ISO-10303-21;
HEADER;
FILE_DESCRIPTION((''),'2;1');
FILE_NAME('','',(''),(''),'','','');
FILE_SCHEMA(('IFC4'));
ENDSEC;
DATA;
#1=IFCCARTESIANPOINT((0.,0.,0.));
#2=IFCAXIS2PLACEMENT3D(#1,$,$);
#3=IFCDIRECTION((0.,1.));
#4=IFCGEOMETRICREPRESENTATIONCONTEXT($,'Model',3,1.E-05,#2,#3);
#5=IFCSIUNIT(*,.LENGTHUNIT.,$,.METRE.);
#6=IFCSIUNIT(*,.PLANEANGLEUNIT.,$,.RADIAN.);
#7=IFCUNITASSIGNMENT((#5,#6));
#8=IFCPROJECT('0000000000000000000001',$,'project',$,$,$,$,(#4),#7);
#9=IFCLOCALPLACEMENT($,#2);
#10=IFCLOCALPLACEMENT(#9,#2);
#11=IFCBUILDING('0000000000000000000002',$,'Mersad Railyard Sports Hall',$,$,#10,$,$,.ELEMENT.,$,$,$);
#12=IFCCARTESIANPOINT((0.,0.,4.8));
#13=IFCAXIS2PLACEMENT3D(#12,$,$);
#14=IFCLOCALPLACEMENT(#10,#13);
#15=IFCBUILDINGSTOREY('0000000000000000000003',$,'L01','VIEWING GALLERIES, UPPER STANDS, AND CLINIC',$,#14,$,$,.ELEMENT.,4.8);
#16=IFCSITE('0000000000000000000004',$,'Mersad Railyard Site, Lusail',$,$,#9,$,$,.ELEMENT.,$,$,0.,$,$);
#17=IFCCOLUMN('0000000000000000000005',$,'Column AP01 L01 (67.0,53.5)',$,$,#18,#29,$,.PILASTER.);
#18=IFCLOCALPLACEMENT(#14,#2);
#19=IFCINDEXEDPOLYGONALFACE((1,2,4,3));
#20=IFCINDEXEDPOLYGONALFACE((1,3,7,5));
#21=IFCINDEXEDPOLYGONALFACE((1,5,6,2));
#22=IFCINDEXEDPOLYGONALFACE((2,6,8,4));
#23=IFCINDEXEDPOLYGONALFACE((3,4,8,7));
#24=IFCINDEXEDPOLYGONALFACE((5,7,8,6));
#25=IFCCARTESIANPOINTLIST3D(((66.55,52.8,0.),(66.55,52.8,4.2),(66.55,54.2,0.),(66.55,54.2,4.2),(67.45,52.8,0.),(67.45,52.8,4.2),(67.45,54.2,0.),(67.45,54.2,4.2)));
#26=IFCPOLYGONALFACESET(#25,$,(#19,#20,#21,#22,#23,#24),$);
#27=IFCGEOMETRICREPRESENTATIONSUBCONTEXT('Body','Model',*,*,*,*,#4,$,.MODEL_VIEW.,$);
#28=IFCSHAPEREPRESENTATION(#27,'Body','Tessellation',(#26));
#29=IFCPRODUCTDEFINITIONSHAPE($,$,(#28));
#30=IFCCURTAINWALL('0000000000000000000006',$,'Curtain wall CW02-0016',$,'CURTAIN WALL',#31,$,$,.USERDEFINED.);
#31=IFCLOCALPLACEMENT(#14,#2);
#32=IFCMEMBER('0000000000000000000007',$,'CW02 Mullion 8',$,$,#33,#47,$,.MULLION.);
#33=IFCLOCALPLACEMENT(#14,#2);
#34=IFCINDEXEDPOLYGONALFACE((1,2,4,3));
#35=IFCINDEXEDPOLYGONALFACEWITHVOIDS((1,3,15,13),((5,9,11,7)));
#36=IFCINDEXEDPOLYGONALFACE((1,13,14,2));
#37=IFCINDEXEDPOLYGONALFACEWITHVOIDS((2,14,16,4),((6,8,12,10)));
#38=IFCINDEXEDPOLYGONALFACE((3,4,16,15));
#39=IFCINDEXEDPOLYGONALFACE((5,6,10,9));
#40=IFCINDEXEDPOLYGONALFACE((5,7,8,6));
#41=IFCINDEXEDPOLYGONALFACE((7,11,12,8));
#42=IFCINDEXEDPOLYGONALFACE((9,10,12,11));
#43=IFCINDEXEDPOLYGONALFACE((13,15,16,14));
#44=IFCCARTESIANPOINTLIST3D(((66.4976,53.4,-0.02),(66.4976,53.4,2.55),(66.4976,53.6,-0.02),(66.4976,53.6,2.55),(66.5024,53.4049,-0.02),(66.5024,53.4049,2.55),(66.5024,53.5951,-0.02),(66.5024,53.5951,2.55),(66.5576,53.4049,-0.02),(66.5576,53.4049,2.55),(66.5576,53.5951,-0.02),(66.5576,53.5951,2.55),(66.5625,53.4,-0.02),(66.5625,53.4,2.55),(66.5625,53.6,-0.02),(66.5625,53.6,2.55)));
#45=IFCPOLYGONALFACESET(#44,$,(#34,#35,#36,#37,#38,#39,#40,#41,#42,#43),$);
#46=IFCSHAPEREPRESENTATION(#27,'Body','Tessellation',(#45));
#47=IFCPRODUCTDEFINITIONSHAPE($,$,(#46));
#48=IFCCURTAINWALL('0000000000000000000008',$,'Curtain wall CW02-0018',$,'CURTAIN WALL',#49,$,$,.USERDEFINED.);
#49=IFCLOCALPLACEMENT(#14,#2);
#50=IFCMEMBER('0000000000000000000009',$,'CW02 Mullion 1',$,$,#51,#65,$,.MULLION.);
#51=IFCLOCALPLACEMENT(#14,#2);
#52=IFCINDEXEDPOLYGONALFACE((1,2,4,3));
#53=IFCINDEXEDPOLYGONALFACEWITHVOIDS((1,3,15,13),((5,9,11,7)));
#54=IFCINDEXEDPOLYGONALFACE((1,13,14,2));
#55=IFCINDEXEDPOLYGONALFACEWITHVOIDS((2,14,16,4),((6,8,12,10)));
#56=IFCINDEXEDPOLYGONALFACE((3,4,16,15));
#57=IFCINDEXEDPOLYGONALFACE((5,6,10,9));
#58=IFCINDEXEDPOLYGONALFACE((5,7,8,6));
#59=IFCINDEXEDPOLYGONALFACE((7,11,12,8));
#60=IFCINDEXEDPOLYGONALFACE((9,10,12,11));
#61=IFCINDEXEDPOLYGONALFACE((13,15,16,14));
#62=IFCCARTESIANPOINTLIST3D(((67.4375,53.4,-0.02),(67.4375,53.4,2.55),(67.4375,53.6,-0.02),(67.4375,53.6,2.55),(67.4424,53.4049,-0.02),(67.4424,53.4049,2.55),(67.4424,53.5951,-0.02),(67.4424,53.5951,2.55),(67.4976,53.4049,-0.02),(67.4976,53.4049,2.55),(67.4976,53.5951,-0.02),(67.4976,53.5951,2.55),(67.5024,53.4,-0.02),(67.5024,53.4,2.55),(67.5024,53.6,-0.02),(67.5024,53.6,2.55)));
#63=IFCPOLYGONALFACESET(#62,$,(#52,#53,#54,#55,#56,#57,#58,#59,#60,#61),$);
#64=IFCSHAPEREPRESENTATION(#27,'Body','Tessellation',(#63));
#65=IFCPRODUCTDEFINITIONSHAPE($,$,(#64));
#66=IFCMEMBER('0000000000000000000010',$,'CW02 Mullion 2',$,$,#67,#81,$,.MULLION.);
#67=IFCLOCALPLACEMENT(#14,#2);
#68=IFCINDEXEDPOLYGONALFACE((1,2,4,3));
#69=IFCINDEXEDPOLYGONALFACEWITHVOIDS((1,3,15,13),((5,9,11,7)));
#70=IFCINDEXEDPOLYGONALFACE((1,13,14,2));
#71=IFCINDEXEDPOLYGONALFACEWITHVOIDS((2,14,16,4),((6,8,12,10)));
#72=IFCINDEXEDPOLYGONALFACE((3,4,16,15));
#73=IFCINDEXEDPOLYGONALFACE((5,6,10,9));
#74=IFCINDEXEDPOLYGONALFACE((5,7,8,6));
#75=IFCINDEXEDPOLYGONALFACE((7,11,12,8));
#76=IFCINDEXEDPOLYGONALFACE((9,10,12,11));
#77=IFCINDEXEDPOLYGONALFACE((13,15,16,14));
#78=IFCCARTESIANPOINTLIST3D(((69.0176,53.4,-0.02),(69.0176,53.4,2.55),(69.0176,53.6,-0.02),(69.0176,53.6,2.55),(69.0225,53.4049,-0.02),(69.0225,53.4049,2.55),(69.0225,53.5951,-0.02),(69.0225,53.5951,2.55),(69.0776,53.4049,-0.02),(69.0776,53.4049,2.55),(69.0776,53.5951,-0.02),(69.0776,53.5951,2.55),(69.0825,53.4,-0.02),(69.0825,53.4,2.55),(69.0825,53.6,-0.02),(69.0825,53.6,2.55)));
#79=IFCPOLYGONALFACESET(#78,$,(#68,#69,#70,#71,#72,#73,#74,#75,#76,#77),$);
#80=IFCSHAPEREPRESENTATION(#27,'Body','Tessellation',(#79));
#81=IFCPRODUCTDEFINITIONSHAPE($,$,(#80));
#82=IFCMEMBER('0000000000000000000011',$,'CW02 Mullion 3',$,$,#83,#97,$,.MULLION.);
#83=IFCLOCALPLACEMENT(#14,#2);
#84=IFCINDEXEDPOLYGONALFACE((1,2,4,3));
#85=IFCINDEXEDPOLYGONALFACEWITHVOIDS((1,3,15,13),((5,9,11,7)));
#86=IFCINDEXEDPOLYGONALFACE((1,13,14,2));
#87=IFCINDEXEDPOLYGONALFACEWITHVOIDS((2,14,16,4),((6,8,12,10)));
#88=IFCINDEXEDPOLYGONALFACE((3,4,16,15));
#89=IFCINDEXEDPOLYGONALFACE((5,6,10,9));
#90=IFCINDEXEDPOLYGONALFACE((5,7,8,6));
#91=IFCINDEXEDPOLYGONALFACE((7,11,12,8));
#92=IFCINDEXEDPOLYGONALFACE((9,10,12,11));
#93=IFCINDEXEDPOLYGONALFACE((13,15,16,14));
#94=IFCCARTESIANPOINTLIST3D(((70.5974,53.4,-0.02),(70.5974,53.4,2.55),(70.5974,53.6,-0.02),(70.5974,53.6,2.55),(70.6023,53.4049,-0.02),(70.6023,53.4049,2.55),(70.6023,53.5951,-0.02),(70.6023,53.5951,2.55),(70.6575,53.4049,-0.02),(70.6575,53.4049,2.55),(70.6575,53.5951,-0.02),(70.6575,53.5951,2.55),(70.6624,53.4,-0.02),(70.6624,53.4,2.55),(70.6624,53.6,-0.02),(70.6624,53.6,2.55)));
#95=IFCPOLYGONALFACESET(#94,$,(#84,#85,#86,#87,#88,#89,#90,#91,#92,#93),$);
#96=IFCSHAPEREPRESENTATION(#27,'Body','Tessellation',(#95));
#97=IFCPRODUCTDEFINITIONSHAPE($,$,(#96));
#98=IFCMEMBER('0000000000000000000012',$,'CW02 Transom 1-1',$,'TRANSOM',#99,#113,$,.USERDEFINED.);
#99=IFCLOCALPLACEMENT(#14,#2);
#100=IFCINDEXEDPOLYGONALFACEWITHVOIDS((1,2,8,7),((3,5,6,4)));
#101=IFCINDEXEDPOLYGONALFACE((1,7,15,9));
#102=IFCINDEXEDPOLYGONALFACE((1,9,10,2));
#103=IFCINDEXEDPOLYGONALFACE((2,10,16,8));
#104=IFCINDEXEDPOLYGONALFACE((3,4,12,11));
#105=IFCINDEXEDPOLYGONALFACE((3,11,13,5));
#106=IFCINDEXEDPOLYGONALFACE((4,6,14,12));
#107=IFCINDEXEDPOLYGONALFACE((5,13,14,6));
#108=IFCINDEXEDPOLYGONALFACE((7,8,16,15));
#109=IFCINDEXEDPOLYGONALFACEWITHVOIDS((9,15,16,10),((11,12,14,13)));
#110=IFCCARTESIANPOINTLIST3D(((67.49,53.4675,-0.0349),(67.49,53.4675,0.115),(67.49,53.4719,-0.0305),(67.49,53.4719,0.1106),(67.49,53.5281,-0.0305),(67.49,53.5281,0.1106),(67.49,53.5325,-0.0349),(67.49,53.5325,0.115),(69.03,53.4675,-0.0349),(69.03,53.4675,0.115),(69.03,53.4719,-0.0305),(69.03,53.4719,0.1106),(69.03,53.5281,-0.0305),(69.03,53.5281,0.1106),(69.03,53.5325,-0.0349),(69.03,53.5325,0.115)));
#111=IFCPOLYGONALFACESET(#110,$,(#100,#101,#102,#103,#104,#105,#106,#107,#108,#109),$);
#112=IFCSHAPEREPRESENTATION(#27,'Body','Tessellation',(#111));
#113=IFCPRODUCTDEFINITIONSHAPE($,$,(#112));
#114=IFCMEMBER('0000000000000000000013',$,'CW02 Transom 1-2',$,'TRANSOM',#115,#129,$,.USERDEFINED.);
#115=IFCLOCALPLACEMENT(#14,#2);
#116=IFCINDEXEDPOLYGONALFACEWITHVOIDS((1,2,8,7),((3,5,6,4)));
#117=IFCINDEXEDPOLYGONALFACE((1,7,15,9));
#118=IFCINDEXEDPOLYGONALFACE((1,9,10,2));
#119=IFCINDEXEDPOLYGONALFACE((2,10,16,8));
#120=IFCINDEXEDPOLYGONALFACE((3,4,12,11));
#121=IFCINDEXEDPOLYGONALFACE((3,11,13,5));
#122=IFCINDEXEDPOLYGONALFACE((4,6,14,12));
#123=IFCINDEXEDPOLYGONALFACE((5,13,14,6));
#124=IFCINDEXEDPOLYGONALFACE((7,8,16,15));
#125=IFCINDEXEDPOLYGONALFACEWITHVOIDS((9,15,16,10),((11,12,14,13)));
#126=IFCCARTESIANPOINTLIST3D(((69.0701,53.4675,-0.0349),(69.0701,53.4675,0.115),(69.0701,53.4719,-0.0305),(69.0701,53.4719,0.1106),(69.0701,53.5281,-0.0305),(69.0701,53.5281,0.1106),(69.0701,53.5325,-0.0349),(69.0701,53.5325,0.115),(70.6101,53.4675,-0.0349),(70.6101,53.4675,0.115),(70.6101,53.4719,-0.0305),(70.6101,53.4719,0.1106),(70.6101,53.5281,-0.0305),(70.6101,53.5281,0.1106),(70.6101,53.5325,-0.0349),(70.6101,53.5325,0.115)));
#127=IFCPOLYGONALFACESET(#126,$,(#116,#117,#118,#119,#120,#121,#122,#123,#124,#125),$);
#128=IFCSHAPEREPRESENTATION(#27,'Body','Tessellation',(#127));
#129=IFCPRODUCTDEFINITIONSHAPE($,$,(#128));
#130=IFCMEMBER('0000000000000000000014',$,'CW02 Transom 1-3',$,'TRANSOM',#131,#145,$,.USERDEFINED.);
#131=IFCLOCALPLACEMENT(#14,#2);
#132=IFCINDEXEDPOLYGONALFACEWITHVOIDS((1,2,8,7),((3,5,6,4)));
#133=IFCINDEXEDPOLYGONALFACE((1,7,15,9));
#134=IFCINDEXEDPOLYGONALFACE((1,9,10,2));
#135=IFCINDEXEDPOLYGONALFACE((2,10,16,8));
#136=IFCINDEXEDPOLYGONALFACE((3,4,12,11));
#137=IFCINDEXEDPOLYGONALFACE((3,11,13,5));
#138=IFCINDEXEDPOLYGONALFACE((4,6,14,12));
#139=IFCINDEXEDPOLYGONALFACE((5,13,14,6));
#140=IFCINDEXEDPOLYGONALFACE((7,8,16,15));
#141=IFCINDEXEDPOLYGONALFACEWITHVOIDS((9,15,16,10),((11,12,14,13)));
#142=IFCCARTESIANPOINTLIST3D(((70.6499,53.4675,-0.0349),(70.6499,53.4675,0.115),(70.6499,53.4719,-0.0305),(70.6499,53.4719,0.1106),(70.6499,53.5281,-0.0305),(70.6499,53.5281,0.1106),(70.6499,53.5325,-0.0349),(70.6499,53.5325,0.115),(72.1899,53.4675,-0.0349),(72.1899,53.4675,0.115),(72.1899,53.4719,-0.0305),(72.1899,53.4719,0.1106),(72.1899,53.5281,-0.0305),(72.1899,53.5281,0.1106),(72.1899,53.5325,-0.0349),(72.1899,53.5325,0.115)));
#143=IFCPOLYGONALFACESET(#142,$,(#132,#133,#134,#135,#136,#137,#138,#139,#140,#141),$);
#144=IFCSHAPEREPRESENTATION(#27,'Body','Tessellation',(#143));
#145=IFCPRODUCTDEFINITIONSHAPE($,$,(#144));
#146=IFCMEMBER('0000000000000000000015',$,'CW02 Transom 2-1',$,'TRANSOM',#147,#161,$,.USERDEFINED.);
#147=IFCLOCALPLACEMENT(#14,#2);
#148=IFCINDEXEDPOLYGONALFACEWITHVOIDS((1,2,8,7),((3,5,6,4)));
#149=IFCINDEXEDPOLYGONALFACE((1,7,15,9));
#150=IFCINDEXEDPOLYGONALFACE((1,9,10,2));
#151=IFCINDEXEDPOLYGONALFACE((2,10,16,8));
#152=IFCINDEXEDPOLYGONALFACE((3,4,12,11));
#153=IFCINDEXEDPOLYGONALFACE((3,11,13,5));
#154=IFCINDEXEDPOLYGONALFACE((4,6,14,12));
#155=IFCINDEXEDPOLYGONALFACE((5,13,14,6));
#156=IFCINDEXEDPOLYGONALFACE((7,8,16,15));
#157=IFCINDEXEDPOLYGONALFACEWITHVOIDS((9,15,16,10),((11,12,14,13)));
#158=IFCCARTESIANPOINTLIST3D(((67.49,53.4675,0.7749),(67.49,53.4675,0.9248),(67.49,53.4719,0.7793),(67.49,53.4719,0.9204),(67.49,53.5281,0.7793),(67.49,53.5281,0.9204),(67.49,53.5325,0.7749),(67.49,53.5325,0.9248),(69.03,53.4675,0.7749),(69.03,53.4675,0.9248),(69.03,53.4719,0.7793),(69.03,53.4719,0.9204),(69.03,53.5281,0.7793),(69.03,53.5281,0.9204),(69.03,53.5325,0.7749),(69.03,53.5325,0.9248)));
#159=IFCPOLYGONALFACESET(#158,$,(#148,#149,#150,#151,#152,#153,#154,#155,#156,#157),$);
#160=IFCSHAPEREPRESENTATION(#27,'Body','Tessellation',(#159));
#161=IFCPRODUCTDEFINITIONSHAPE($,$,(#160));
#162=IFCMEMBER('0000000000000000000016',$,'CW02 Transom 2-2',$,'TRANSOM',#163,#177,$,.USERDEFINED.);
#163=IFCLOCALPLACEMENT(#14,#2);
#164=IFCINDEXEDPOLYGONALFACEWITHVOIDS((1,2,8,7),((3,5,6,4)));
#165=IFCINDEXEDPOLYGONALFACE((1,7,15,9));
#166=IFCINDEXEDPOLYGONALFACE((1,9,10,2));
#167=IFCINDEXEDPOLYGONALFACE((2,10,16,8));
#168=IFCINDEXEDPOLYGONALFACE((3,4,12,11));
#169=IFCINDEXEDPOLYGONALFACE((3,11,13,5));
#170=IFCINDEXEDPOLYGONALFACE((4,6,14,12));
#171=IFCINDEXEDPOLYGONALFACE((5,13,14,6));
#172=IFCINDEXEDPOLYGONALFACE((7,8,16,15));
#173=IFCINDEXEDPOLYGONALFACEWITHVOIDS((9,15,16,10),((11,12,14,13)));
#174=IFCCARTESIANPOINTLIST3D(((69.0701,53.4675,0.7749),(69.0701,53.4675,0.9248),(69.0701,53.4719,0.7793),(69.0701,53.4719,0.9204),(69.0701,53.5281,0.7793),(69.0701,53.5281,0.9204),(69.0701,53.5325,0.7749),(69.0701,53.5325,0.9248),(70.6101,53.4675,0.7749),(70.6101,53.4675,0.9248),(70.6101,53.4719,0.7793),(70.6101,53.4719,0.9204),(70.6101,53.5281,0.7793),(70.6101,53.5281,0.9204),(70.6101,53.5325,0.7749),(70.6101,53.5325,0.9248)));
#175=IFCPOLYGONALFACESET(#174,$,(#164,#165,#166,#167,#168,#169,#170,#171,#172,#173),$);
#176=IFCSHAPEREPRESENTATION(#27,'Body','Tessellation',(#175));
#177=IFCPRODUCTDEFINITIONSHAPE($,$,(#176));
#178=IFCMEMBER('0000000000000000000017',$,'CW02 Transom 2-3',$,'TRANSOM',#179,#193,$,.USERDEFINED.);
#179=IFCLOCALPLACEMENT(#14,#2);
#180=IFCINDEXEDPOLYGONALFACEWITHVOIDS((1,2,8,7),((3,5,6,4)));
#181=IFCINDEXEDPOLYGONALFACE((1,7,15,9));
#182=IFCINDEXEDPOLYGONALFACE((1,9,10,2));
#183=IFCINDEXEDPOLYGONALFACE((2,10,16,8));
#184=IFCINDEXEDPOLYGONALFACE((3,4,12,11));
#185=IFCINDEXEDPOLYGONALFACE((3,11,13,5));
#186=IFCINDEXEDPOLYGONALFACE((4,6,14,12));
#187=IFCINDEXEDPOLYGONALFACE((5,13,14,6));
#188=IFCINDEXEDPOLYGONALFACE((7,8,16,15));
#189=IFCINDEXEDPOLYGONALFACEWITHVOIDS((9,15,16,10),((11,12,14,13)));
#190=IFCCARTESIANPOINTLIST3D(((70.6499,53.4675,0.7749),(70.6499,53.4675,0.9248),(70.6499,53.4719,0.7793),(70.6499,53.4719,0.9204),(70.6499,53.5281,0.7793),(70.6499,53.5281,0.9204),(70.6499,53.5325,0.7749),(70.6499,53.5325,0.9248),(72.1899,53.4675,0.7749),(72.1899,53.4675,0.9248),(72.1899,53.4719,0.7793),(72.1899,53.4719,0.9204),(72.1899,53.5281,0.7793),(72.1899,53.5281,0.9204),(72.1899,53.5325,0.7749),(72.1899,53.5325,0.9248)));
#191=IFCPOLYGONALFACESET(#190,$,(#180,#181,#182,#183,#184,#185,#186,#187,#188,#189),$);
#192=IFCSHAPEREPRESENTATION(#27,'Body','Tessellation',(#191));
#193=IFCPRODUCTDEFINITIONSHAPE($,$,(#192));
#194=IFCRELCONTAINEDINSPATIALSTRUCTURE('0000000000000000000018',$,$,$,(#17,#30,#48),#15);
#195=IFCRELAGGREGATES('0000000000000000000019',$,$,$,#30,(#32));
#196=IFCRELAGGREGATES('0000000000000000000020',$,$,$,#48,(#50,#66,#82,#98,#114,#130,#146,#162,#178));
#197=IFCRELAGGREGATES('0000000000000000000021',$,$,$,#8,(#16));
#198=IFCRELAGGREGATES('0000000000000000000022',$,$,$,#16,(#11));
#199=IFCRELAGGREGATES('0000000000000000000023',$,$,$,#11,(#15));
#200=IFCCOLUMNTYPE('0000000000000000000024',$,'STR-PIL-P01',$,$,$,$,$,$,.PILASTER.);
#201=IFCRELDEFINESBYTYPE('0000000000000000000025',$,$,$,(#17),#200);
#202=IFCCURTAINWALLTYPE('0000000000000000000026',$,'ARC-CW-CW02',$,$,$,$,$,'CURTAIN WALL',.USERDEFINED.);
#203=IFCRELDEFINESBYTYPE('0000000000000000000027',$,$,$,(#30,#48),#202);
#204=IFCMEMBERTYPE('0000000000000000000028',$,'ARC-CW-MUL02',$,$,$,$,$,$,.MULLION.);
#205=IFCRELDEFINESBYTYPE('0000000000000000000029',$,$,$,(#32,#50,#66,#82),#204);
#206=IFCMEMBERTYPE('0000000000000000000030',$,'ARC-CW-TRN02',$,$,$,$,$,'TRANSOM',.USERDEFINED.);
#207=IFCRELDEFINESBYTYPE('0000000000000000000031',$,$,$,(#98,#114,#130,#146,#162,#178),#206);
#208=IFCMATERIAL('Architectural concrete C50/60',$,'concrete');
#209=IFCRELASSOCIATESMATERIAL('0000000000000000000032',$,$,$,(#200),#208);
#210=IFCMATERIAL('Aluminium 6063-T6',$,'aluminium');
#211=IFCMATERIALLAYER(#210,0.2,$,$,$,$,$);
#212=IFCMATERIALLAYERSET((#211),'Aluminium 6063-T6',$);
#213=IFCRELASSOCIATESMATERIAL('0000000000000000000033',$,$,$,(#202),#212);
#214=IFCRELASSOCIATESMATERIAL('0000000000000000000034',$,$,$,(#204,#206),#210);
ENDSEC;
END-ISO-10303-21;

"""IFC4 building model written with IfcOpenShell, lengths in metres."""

from ifc_helpers import new_model, si_unit, direction, frame, origin, origin_2d, place, context, subcontext, project, spatial, rectangle, hollow_rectangle, extrude, material, layer, layer_set, material_profile, profile_set, type_object, element, aggregate, save


model = new_model("IFC4")

# Units and contexts
model_context = context("Model", 3, precision=1e-05, world=origin(), true_north=direction((0.0, 1.0)))
body_context = subcontext(model_context, "Body", "Model", "MODEL_VIEW")
ifc_project = project(units=[si_unit("LENGTHUNIT", "METRE"), si_unit("PLANEANGLEUNIT", "RADIAN")], contexts=[model_context])

# Site, building, storey
site_placement = place(None, origin())
site = spatial("IfcSite", under=ifc_project, at=site_placement, Name="Mersad Railyard Site, Lusail", CompositionType="ELEMENT", RefElevation=0.0)
building_placement = place(site_placement, origin())
building = spatial("IfcBuilding", under=site, at=building_placement, Name="Mersad Railyard Sports Hall", CompositionType="ELEMENT")
storey_placement = place(building_placement, frame((0.0, 0.0, 4.8)))
storey = spatial("IfcBuildingStorey", under=building, at=storey_placement, Name="L01", Description="VIEWING GALLERIES, UPPER STANDS, AND CLINIC", CompositionType="ELEMENT", Elevation=4.8)

# Column
ifc_material_1 = material(Name="Architectural concrete C50/60", Category="concrete")
ifc_material_profile_1 = material_profile(ifc_material_1, rectangle(XDim=0.8999, YDim=1.3999, at=origin_2d()), Name="RC 900x1400")
ifc_profile_set_1 = profile_set([ifc_material_profile_1], Name="Architectural concrete C50/60")
column_type = type_object("IfcColumnType", Name="STR-PIL-P01", PredefinedType="PILASTER", material=ifc_profile_set_1)
column_placement = place(storey_placement, frame((67.0, 53.5, 0.0), z_axis=(0.0, 0.0, 1.0), x_axis=(1.0, 0.0, 0.0)))
element("IfcColumn", 1, at=column_placement, inside=storey, type_object=column_type, Name="Column AP01 L01 (67.0,53.5)", PredefinedType="PILASTER", context=body_context, shape_type="SweptSolid", body=[
    extrude(rectangle(XDim=0.8999, YDim=1.3999, at=origin_2d()), origin(), (0.0, 0.0, 1.0), 4.2),
])

# Curtain wall, member
ifc_material_2 = material(Name="Aluminium 6063-T6", Category="aluminium")
ifc_layer_1 = layer(ifc_material_2, 0.2)
ifc_layer_set_1 = layer_set([ifc_layer_1], Name="Aluminium 6063-T6")
curtain_wall_type = type_object("IfcCurtainWallType", Name="ARC-CW-CW02", ElementType="CURTAIN WALL", PredefinedType="USERDEFINED", material=ifc_layer_set_1)
curtain_wall_1_placement = place(storey_placement, origin())
curtain_wall_1 = element("IfcCurtainWall", 2, at=curtain_wall_1_placement, inside=storey, type_object=curtain_wall_type, Name="Curtain wall CW02-0016", ObjectType="CURTAIN WALL", PredefinedType="USERDEFINED")
ifc_material_profile_2 = material_profile(ifc_material_2, hollow_rectangle(XDim=0.0649, YDim=0.2, WallThickness=0.0049, at=origin_2d()), Name="AL MULLION 65x200x5")
ifc_profile_set_2 = profile_set([ifc_material_profile_2], Name="Aluminium 6063-T6")
member_type_1 = type_object("IfcMemberType", Name="ARC-CW-MUL02", PredefinedType="MULLION", material=ifc_profile_set_2)
member_1_placement = place(storey_placement, frame((66.53, 53.5, -0.02), z_axis=(0.0, 0.0, 1.0), x_axis=(1.0, 0.0, 0.0)))
member_1 = element("IfcMember", 3, at=member_1_placement, type_object=member_type_1, Name="CW02 Mullion 8", PredefinedType="MULLION", context=body_context, shape_type="SweptSolid", body=[
    extrude(hollow_rectangle(XDim=0.0649, YDim=0.2, WallThickness=0.0049, at=origin_2d()), origin(), (0.0, 0.0, 1.0), 2.5701),
])

# Curtain wall, members
curtain_wall_2_placement = place(storey_placement, origin())
curtain_wall_2 = element("IfcCurtainWall", 4, at=curtain_wall_2_placement, inside=storey, type_object=curtain_wall_type, Name="Curtain wall CW02-0018", ObjectType="CURTAIN WALL", PredefinedType="USERDEFINED")
member_2_placement = place(storey_placement, frame((67.47, 53.5, -0.02), z_axis=(0.0, 0.0, 1.0), x_axis=(1.0, 0.0, 0.0)))
member_2 = element("IfcMember", 5, at=member_2_placement, type_object=member_type_1, Name="CW02 Mullion 1", PredefinedType="MULLION", context=body_context, shape_type="SweptSolid", body=[
    extrude(hollow_rectangle(XDim=0.0649, YDim=0.2, WallThickness=0.0049, at=origin_2d()), origin(), (0.0, 0.0, 1.0), 2.5701),
])
member_3_placement = place(storey_placement, frame((69.05, 53.5, -0.02), z_axis=(0.0, 0.0, 1.0), x_axis=(1.0, 0.0, 0.0)))
member_3 = element("IfcMember", 6, at=member_3_placement, type_object=member_type_1, Name="CW02 Mullion 2", PredefinedType="MULLION", context=body_context, shape_type="SweptSolid", body=[
    extrude(hollow_rectangle(XDim=0.0649, YDim=0.2, WallThickness=0.0049, at=origin_2d()), origin(), (0.0, 0.0, 1.0), 2.5701),
])
member_4_placement = place(storey_placement, frame((70.6299, 53.5, -0.02), z_axis=(0.0, 0.0, 1.0), x_axis=(1.0, 0.0, 0.0)))
member_4 = element("IfcMember", 7, at=member_4_placement, type_object=member_type_1, Name="CW02 Mullion 3", PredefinedType="MULLION", context=body_context, shape_type="SweptSolid", body=[
    extrude(hollow_rectangle(XDim=0.0649, YDim=0.2, WallThickness=0.0049, at=origin_2d()), origin(), (0.0, 0.0, 1.0), 2.5701),
])
ifc_material_profile_3 = material_profile(ifc_material_2, hollow_rectangle(XDim=0.0649, YDim=0.1499, WallThickness=0.0044, at=origin_2d()), Name="AL TRANSOM 65x150x4.5")
ifc_profile_set_3 = profile_set([ifc_material_profile_3], Name="Aluminium 6063-T6")
member_type_2 = type_object("IfcMemberType", Name="ARC-CW-TRN02", ElementType="TRANSOM", PredefinedType="USERDEFINED", material=ifc_profile_set_3)
member_5_placement = place(storey_placement, frame((67.49, 53.5, 0.04), z_axis=(1.0, 0.0, 0.0), x_axis=(0.0, 1.0, 0.0)))
member_5 = element("IfcMember", 8, at=member_5_placement, type_object=member_type_2, Name="CW02 Transom 1-1", ObjectType="TRANSOM", PredefinedType="USERDEFINED", context=body_context, shape_type="SweptSolid", body=[
    extrude(hollow_rectangle(XDim=0.0649, YDim=0.1499, WallThickness=0.0044, at=origin_2d()), origin(), (0.0, 0.0, 1.0), 1.54),
])
member_6_placement = place(storey_placement, frame((69.0701, 53.5, 0.04), z_axis=(1.0, 0.0, 0.0), x_axis=(0.0, 1.0, 0.0)))
member_6 = element("IfcMember", 9, at=member_6_placement, type_object=member_type_2, Name="CW02 Transom 1-2", ObjectType="TRANSOM", PredefinedType="USERDEFINED", context=body_context, shape_type="SweptSolid", body=[
    extrude(hollow_rectangle(XDim=0.0649, YDim=0.1499, WallThickness=0.0044, at=origin_2d()), origin(), (0.0, 0.0, 1.0), 1.54),
])
member_7_placement = place(storey_placement, frame((70.6499, 53.5, 0.04), z_axis=(1.0, 0.0, 0.0), x_axis=(0.0, 1.0, 0.0)))
member_7 = element("IfcMember", 10, at=member_7_placement, type_object=member_type_2, Name="CW02 Transom 1-3", ObjectType="TRANSOM", PredefinedType="USERDEFINED", context=body_context, shape_type="SweptSolid", body=[
    extrude(hollow_rectangle(XDim=0.0649, YDim=0.1499, WallThickness=0.0044, at=origin_2d()), origin(), (0.0, 0.0, 1.0), 1.54),
])
member_8_placement = place(storey_placement, frame((67.49, 53.5, 0.8499), z_axis=(1.0, 0.0, 0.0), x_axis=(0.0, 1.0, 0.0)))
member_8 = element("IfcMember", 11, at=member_8_placement, type_object=member_type_2, Name="CW02 Transom 2-1", ObjectType="TRANSOM", PredefinedType="USERDEFINED", context=body_context, shape_type="SweptSolid", body=[
    extrude(hollow_rectangle(XDim=0.0649, YDim=0.1499, WallThickness=0.0044, at=origin_2d()), origin(), (0.0, 0.0, 1.0), 1.54),
])
member_9_placement = place(storey_placement, frame((69.0701, 53.5, 0.8499), z_axis=(1.0, 0.0, 0.0), x_axis=(0.0, 1.0, 0.0)))
member_9 = element("IfcMember", 12, at=member_9_placement, type_object=member_type_2, Name="CW02 Transom 2-2", ObjectType="TRANSOM", PredefinedType="USERDEFINED", context=body_context, shape_type="SweptSolid", body=[
    extrude(hollow_rectangle(XDim=0.0649, YDim=0.1499, WallThickness=0.0044, at=origin_2d()), origin(), (0.0, 0.0, 1.0), 1.54),
])
member_10_placement = place(storey_placement, frame((70.6499, 53.5, 0.8499), z_axis=(1.0, 0.0, 0.0), x_axis=(0.0, 1.0, 0.0)))
member_10 = element("IfcMember", 13, at=member_10_placement, type_object=member_type_2, Name="CW02 Transom 2-3", ObjectType="TRANSOM", PredefinedType="USERDEFINED", context=body_context, shape_type="SweptSolid", body=[
    extrude(hollow_rectangle(XDim=0.0649, YDim=0.1499, WallThickness=0.0044, at=origin_2d()), origin(), (0.0, 0.0, 1.0), 1.54),
])

aggregate(curtain_wall_1, [member_1])
aggregate(curtain_wall_2, [member_2, member_3, member_4, member_5, member_6, member_7, member_8, member_9, member_10])

save(model, "model.ifc")
